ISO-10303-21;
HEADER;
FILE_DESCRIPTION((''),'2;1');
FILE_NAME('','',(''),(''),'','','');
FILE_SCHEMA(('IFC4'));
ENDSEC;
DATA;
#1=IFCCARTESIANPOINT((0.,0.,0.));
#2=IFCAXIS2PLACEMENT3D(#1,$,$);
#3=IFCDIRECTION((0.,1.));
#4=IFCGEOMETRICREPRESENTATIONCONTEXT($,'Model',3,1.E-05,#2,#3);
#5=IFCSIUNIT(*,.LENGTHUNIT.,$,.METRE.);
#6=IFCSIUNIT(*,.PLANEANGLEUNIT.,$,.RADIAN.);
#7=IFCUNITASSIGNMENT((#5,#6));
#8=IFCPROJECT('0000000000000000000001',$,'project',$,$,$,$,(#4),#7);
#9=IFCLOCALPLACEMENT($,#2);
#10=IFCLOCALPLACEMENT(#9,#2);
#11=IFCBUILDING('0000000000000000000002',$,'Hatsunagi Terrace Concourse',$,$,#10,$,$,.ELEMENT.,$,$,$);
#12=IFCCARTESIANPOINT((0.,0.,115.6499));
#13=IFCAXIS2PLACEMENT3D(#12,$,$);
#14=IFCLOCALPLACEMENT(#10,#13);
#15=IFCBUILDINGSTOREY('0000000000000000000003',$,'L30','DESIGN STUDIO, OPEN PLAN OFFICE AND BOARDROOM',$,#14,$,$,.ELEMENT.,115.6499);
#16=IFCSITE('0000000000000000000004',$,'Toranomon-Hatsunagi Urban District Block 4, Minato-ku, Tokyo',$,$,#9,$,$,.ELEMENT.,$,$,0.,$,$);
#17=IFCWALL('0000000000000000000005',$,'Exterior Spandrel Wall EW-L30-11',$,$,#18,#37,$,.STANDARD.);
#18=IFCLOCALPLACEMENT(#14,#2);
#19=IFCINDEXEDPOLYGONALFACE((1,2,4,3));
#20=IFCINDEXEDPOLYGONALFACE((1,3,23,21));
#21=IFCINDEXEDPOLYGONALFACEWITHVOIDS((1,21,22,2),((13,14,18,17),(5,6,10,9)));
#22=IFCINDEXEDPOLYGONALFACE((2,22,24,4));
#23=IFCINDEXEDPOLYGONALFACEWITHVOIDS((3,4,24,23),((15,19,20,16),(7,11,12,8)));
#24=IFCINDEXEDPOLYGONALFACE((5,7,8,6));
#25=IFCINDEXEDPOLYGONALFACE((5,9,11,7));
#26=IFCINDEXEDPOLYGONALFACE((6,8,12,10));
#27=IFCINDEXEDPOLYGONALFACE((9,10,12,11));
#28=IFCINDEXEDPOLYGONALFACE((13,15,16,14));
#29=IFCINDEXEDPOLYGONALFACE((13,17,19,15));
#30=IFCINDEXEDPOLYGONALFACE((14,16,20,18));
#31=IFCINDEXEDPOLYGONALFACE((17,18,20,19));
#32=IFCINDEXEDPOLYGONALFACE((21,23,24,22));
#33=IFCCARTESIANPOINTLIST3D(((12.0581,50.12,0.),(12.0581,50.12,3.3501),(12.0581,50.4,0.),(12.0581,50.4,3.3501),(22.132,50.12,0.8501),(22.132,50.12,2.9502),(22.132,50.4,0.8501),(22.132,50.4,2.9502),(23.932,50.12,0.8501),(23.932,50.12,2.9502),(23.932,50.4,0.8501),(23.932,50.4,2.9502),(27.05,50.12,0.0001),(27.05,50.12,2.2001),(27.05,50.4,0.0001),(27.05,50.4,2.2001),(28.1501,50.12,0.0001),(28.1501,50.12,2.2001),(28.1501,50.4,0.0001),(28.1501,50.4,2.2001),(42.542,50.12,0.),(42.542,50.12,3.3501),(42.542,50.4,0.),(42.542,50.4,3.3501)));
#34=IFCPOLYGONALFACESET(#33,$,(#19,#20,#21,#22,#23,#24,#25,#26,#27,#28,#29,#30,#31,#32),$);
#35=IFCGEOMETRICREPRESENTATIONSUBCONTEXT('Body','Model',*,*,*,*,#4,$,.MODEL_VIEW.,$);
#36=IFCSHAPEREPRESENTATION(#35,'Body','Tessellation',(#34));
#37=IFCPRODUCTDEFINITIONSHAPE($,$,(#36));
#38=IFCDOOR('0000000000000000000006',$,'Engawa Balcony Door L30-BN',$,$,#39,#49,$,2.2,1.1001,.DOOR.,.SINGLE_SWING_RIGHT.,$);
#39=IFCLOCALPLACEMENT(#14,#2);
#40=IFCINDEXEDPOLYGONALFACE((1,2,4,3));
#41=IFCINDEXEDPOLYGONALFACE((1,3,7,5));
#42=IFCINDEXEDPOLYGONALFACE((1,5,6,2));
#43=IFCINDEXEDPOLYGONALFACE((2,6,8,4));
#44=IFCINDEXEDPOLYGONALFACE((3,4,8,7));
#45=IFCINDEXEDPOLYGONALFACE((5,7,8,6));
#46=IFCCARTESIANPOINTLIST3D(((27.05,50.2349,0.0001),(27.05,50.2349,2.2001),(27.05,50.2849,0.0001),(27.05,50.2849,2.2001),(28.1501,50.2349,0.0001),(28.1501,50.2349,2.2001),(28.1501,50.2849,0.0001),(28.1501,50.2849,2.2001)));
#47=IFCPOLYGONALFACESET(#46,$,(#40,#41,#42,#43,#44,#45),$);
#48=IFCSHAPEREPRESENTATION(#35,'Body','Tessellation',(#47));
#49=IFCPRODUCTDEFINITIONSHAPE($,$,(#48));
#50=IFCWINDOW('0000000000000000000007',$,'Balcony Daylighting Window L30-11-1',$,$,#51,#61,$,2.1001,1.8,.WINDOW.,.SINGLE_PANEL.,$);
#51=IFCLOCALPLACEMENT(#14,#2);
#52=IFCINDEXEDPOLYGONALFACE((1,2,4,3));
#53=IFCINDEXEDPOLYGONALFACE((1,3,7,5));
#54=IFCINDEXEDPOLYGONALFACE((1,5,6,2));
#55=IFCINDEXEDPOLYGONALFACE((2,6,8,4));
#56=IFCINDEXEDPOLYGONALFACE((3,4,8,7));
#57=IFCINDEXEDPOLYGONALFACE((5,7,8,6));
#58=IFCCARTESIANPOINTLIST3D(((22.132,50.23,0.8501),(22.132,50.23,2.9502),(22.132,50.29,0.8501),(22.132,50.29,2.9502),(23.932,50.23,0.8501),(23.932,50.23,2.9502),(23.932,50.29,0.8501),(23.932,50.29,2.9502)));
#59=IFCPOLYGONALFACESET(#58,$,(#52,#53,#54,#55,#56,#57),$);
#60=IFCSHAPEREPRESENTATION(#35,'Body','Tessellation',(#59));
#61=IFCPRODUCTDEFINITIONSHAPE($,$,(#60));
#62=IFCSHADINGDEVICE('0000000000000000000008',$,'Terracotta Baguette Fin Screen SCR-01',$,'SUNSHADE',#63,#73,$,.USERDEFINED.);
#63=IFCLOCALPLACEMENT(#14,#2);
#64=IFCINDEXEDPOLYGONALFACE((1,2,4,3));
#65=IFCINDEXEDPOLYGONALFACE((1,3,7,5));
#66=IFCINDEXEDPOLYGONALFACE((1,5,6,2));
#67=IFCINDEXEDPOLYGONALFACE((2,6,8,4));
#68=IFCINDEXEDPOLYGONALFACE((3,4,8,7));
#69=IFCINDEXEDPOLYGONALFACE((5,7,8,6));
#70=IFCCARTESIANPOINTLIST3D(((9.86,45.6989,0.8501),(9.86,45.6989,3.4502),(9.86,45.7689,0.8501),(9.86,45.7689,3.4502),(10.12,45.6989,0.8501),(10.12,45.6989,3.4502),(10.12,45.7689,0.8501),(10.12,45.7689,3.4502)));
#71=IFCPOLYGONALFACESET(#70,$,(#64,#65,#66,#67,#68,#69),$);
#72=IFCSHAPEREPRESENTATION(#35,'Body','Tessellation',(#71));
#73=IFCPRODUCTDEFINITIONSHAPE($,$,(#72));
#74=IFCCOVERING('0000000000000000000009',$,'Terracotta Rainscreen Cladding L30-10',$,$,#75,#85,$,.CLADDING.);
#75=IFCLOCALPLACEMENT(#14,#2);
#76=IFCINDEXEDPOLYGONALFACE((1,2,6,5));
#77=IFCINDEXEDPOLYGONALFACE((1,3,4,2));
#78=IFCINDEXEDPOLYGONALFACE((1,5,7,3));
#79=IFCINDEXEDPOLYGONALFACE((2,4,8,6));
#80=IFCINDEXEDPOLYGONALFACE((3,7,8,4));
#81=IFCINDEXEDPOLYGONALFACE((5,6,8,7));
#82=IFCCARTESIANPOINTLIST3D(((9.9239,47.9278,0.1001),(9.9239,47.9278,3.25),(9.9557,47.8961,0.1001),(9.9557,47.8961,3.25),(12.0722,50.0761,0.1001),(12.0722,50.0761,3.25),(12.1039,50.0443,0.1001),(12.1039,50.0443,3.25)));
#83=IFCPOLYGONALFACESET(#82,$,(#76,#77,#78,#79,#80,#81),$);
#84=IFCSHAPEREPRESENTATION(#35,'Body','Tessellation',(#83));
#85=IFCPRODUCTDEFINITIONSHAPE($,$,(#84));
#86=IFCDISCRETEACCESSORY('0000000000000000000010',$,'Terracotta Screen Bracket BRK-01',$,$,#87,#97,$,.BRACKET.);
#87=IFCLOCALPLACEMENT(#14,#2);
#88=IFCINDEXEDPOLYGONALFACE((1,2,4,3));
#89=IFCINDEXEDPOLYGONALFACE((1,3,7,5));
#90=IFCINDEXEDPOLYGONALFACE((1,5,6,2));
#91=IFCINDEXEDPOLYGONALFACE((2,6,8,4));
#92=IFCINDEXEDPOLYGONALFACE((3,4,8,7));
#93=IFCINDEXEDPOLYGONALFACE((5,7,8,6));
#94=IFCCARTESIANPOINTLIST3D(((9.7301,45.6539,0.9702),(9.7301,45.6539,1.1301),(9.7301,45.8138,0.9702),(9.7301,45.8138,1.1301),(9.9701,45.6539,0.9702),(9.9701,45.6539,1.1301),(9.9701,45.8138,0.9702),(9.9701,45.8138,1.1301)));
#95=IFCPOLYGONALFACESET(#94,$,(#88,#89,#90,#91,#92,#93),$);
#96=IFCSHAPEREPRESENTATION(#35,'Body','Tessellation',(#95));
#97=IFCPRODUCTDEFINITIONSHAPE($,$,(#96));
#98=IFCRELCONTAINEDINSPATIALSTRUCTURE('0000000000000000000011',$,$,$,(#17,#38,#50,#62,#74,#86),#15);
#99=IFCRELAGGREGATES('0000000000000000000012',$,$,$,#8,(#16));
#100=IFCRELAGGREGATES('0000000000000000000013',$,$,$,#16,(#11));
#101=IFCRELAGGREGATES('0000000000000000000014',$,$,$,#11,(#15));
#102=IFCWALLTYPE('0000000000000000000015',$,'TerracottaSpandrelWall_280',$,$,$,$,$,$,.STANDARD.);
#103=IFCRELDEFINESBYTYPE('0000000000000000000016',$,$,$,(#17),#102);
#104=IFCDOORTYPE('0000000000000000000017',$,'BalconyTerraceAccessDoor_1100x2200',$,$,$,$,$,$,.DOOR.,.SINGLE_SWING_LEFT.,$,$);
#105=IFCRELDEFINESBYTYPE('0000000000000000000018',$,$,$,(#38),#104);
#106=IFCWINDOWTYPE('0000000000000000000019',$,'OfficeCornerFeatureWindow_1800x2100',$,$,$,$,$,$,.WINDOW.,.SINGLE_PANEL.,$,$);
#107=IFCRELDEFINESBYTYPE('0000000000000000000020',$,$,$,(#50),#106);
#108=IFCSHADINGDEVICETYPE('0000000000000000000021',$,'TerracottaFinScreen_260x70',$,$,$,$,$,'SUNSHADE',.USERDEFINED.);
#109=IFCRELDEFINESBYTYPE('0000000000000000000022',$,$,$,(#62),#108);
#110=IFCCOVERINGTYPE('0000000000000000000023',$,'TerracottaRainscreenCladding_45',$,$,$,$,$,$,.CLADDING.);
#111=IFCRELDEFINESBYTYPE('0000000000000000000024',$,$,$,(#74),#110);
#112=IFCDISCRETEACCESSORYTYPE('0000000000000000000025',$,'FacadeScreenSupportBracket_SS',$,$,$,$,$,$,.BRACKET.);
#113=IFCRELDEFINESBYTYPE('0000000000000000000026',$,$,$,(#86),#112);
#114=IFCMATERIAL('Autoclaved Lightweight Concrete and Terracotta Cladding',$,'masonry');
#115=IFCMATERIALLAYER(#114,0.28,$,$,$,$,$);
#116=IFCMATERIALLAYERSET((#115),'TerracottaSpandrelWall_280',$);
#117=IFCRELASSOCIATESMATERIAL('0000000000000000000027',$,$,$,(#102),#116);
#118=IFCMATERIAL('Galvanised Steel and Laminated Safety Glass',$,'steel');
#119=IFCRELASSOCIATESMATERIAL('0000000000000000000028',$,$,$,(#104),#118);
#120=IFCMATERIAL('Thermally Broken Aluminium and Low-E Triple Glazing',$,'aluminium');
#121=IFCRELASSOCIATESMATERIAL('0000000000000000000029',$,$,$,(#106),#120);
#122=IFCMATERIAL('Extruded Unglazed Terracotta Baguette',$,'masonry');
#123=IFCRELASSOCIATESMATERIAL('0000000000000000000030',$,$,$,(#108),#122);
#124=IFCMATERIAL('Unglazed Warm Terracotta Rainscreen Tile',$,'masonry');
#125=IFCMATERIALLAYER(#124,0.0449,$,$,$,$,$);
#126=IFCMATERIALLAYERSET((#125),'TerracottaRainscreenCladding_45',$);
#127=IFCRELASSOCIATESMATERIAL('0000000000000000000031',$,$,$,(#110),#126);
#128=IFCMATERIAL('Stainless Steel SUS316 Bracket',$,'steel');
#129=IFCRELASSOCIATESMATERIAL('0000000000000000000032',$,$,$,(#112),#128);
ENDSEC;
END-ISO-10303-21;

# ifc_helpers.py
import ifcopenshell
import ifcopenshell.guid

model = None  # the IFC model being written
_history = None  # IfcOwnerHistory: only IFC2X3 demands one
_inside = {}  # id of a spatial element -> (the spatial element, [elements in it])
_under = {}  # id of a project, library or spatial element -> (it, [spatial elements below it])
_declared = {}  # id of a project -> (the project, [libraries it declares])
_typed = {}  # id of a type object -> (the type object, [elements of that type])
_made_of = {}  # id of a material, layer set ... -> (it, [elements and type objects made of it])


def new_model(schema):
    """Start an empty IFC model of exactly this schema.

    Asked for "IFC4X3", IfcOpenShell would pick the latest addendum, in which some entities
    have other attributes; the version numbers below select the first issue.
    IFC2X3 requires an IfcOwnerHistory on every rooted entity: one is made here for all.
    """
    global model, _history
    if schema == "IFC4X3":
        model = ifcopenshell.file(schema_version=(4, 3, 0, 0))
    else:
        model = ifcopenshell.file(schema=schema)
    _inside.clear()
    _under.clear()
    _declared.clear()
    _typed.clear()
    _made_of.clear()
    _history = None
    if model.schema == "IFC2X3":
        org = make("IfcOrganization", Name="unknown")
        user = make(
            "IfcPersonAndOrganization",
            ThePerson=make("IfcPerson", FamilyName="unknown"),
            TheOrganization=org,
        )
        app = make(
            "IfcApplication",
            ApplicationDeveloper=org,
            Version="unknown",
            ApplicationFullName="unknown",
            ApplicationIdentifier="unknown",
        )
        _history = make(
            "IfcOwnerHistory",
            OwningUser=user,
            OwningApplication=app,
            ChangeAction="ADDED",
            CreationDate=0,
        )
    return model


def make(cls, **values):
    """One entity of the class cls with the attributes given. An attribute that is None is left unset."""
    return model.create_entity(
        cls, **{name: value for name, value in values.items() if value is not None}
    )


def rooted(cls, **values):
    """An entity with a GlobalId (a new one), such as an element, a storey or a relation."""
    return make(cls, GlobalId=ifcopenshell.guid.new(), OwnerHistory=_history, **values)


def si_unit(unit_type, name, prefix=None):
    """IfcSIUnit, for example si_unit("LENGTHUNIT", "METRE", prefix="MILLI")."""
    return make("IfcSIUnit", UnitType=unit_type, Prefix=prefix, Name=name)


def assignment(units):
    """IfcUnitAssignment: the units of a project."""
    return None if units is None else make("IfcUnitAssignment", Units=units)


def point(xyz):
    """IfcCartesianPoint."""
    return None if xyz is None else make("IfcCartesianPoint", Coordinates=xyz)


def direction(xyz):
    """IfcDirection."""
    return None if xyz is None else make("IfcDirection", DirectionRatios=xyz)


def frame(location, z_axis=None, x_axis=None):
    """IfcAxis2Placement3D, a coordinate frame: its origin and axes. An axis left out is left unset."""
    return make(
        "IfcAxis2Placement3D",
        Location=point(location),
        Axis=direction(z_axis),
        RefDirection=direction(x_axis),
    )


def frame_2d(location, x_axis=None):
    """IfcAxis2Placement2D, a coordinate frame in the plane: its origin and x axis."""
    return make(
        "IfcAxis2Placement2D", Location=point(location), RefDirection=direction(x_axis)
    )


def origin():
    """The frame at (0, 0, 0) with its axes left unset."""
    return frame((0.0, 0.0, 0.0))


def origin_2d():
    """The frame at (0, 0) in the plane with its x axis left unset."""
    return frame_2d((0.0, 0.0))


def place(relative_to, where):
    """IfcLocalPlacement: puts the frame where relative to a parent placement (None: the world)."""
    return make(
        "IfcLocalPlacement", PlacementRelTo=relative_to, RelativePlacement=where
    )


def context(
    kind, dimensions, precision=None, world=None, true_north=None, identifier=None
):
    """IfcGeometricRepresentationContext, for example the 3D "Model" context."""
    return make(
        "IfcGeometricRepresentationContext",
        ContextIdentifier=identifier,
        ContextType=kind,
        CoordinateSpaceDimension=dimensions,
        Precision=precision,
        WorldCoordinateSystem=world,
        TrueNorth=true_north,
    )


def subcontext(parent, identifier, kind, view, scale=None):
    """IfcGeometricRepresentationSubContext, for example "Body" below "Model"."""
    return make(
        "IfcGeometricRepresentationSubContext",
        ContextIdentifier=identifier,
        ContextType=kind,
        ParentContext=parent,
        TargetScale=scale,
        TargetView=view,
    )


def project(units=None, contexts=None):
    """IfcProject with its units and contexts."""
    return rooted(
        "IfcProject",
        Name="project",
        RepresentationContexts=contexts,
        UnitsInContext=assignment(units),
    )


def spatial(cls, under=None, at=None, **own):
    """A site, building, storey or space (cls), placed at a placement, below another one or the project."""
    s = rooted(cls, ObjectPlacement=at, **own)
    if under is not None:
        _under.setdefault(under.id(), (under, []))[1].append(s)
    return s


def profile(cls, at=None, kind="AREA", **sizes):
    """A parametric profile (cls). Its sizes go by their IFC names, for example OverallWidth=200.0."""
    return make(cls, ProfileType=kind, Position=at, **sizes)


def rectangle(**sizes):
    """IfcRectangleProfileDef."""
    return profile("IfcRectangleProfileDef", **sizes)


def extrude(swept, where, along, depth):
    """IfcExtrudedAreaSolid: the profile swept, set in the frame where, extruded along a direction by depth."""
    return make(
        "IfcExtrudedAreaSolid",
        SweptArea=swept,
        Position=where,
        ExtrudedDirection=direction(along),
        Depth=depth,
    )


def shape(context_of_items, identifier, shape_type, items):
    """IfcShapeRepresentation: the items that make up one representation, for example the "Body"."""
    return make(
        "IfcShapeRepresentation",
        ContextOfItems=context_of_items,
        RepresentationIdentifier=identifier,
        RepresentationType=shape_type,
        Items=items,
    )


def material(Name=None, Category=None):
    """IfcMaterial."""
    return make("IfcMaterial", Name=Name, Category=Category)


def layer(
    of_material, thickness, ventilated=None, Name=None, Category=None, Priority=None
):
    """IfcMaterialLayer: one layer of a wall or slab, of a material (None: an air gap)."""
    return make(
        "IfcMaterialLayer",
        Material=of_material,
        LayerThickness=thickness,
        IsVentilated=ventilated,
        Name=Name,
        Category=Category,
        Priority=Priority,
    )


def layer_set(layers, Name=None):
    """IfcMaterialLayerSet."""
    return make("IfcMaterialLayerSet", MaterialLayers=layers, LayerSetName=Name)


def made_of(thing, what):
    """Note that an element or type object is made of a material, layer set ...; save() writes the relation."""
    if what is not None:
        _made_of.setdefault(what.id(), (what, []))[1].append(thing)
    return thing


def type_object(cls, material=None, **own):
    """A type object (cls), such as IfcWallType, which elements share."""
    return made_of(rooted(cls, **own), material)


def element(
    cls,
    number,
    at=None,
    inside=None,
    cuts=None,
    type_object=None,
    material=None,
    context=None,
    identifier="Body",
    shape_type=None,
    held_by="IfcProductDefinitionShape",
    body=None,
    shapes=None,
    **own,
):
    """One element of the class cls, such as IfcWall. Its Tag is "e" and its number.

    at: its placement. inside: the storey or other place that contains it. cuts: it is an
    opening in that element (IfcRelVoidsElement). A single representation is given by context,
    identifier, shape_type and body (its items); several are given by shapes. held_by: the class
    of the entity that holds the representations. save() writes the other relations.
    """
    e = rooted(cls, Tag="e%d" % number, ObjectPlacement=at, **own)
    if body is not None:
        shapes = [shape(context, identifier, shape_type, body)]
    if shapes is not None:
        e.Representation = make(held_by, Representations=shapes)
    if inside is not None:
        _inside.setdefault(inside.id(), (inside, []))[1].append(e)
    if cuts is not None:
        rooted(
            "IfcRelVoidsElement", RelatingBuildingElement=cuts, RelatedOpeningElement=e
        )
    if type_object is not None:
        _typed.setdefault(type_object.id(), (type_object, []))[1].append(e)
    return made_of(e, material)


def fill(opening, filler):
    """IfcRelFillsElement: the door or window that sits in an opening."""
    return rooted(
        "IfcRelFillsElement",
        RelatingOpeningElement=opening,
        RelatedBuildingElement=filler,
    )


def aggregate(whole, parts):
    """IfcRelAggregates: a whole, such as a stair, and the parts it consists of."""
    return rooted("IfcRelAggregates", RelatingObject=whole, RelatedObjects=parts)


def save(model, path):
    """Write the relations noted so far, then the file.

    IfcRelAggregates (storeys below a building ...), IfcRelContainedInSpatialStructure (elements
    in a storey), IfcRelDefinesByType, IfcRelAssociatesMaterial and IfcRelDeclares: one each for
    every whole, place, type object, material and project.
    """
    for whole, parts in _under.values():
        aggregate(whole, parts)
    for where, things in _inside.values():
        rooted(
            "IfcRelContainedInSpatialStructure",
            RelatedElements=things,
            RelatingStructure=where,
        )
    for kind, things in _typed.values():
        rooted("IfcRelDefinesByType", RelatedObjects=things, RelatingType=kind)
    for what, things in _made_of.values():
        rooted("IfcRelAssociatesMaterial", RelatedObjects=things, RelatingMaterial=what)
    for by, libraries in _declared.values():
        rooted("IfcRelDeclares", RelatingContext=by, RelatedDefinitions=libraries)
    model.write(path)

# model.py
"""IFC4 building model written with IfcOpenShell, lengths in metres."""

from ifc_helpers import new_model, si_unit, direction, frame, frame_2d, origin, origin_2d, place, context, subcontext, project, spatial, rectangle, extrude, material, layer, layer_set, type_object, element, fill, save


model = new_model("IFC4")

# Units and contexts
model_context = context("Model", 3, precision=1e-05, world=origin(), true_north=direction((0.0, 1.0)))
body_context = subcontext(model_context, "Body", "Model", "MODEL_VIEW")
ifc_project = project(units=[si_unit("LENGTHUNIT", "METRE"), si_unit("PLANEANGLEUNIT", "RADIAN")], contexts=[model_context])

# Site, building, storey
site_placement = place(None, origin())
site = spatial("IfcSite", under=ifc_project, at=site_placement, Name="Toranomon-Hatsunagi Urban District Block 4, Minato-ku, Tokyo", CompositionType="ELEMENT", RefElevation=0.0)
building_placement = place(site_placement, origin())
building = spatial("IfcBuilding", under=site, at=building_placement, Name="Hatsunagi Terrace Concourse", CompositionType="ELEMENT")
storey_placement = place(building_placement, frame((0.0, 0.0, 115.6499)))
storey = spatial("IfcBuildingStorey", under=building, at=storey_placement, Name="L30", Description="DESIGN STUDIO, OPEN PLAN OFFICE AND BOARDROOM", CompositionType="ELEMENT", Elevation=115.6499)

# Shared definitions
ifc_material_1 = material(Name="Autoclaved Lightweight Concrete and Terracotta Cladding", Category="masonry")
ifc_layer_1 = layer(ifc_material_1, 0.28)
ifc_layer_set_1 = layer_set([ifc_layer_1], Name="TerracottaSpandrelWall_280")
wall_type = type_object("IfcWallType", Name="TerracottaSpandrelWall_280", PredefinedType="STANDARD", material=ifc_layer_set_1)

# Wall, openings, door, window
wall_1_placement = place(storey_placement, frame((12.0581, 50.26, 0.0), z_axis=(0.0, 0.0, 1.0), x_axis=(1.0, 0.0, 0.0)))
wall_1 = element("IfcWall", 1, at=wall_1_placement, inside=storey, type_object=wall_type, Name="Exterior Spandrel Wall EW-L30-11", PredefinedType="STANDARD", context=body_context, shape_type="SweptSolid", body=[
    extrude(rectangle(XDim=30.4839, YDim=0.28, at=frame_2d((15.2419, 0.0))), origin(), (0.0, 0.0, 1.0), 3.3501),
])
opening_1_placement = place(wall_1_placement, frame((14.9919, 0.0, 0.0)))
opening_1 = element("IfcOpeningElement", 2, at=opening_1_placement, cuts=wall_1, PredefinedType="OPENING", context=body_context, shape_type="SweptSolid", body=[
    extrude(rectangle(XDim=1.1001, YDim=2.2, at=frame_2d((0.55, 1.1001))), frame((0.0, 0.1499, 0.0), z_axis=(0.0, -1.0, 0.0), x_axis=(1.0, 0.0, 0.0)), (0.0, 0.0, 1.0), 0.3),
])
opening_2_placement = place(wall_1_placement, frame((10.074, 0.0, 0.8501)))
opening_2 = element("IfcOpeningElement", 3, at=opening_2_placement, cuts=wall_1, PredefinedType="OPENING", context=body_context, shape_type="SweptSolid", body=[
    extrude(rectangle(XDim=1.8, YDim=2.1001, at=frame_2d((0.8999, 1.05))), frame((0.0, 0.1499, 0.0), z_axis=(0.0, -1.0, 0.0), x_axis=(1.0, 0.0, 0.0)), (0.0, 0.0, 1.0), 0.3),
])
ifc_material_2 = material(Name="Galvanised Steel and Laminated Safety Glass", Category="steel")
door_type = type_object("IfcDoorType", Name="BalconyTerraceAccessDoor_1100x2200", OperationType="SINGLE_SWING_LEFT", PredefinedType="DOOR", material=ifc_material_2)
door_placement = place(opening_1_placement, origin())
door = element("IfcDoor", 4, at=door_placement, inside=storey, type_object=door_type, Name="Engawa Balcony Door L30-BN", OperationType="SINGLE_SWING_RIGHT", OverallHeight=2.2, OverallWidth=1.1001, PredefinedType="DOOR", context=body_context, shape_type="SweptSolid", body=[
    extrude(rectangle(XDim=1.1001, YDim=2.2, at=frame_2d((0.55, 1.1001))), frame((0.0, 0.0249, 0.0), z_axis=(0.0, -1.0, 0.0), x_axis=(1.0, 0.0, 0.0)), (0.0, 0.0, 1.0), 0.05),
])
fill(opening_1, door)
ifc_material_3 = material(Name="Thermally Broken Aluminium and Low-E Triple Glazing", Category="aluminium")
window_type = type_object("IfcWindowType", Name="OfficeCornerFeatureWindow_1800x2100", PartitioningType="SINGLE_PANEL", PredefinedType="WINDOW", material=ifc_material_3)
window_placement = place(opening_2_placement, origin())
window = element("IfcWindow", 5, at=window_placement, inside=storey, type_object=window_type, Name="Balcony Daylighting Window L30-11-1", OverallHeight=2.1001, OverallWidth=1.8, PartitioningType="SINGLE_PANEL", PredefinedType="WINDOW", context=body_context, shape_type="SweptSolid", body=[
    extrude(rectangle(XDim=1.8, YDim=2.1001, at=frame_2d((0.8999, 1.05))), frame((0.0, 0.03, 0.0), z_axis=(0.0, -1.0, 0.0), x_axis=(1.0, 0.0, 0.0)), (0.0, 0.0, 1.0), 0.0601),
])
fill(opening_2, window)

# Shading device
ifc_material_4 = material(Name="Extruded Unglazed Terracotta Baguette", Category="masonry")
shading_device_type = type_object("IfcShadingDeviceType", Name="TerracottaFinScreen_260x70", ElementType="SUNSHADE", PredefinedType="USERDEFINED", material=ifc_material_4)
shading_device_placement = place(storey_placement, frame((9.99, 45.7339, 0.8501), z_axis=(0.0, 0.0, 1.0), x_axis=(0.0, 1.0, 0.0)))
element("IfcShadingDevice", 6, at=shading_device_placement, inside=storey, type_object=shading_device_type, Name="Terracotta Baguette Fin Screen SCR-01", ObjectType="SUNSHADE", PredefinedType="USERDEFINED", context=body_context, shape_type="SweptSolid", body=[
    extrude(rectangle(XDim=0.0701, YDim=0.26, at=origin_2d()), origin(), (0.0, 0.0, 1.0), 2.6001),
])

# Covering
ifc_material_5 = material(Name="Unglazed Warm Terracotta Rainscreen Tile", Category="masonry")
ifc_layer_2 = layer(ifc_material_5, 0.0449)
ifc_layer_set_2 = layer_set([ifc_layer_2], Name="TerracottaRainscreenCladding_45")
covering_type = type_object("IfcCoveringType", Name="TerracottaRainscreenCladding_45", PredefinedType="CLADDING", material=ifc_layer_set_2)
covering_placement = place(storey_placement, frame((11.0139, 48.9861, 0.1001), z_axis=(0.0, 0.0, 1.0), x_axis=(0.707107, 0.707107, 0.0)))
element("IfcCovering", 7, at=covering_placement, inside=storey, type_object=covering_type, Name="Terracotta Rainscreen Cladding L30-10", PredefinedType="CLADDING", context=body_context, shape_type="SweptSolid", body=[
    extrude(rectangle(XDim=3.0381, YDim=0.0449, at=origin_2d()), origin(), (0.0, 0.0, 1.0), 3.1499),
])

# Discrete accessory
ifc_material_6 = material(Name="Stainless Steel SUS316 Bracket", Category="steel")
discrete_accessory_type = type_object("IfcDiscreteAccessoryType", Name="FacadeScreenSupportBracket_SS", PredefinedType="BRACKET", material=ifc_material_6)
discrete_accessory_placement = place(storey_placement, frame((9.8501, 45.7339, 0.9702), z_axis=(0.0, 0.0, 1.0), x_axis=(0.0, 1.0, 0.0)))
element("IfcDiscreteAccessory", 8, at=discrete_accessory_placement, inside=storey, type_object=discrete_accessory_type, Name="Terracotta Screen Bracket BRK-01", PredefinedType="BRACKET", context=body_context, shape_type="SweptSolid", body=[
    extrude(rectangle(XDim=0.1599, YDim=0.24, at=origin_2d()), origin(), (0.0, 0.0, 1.0), 0.1599),
])

save(model, "model.ifc")
